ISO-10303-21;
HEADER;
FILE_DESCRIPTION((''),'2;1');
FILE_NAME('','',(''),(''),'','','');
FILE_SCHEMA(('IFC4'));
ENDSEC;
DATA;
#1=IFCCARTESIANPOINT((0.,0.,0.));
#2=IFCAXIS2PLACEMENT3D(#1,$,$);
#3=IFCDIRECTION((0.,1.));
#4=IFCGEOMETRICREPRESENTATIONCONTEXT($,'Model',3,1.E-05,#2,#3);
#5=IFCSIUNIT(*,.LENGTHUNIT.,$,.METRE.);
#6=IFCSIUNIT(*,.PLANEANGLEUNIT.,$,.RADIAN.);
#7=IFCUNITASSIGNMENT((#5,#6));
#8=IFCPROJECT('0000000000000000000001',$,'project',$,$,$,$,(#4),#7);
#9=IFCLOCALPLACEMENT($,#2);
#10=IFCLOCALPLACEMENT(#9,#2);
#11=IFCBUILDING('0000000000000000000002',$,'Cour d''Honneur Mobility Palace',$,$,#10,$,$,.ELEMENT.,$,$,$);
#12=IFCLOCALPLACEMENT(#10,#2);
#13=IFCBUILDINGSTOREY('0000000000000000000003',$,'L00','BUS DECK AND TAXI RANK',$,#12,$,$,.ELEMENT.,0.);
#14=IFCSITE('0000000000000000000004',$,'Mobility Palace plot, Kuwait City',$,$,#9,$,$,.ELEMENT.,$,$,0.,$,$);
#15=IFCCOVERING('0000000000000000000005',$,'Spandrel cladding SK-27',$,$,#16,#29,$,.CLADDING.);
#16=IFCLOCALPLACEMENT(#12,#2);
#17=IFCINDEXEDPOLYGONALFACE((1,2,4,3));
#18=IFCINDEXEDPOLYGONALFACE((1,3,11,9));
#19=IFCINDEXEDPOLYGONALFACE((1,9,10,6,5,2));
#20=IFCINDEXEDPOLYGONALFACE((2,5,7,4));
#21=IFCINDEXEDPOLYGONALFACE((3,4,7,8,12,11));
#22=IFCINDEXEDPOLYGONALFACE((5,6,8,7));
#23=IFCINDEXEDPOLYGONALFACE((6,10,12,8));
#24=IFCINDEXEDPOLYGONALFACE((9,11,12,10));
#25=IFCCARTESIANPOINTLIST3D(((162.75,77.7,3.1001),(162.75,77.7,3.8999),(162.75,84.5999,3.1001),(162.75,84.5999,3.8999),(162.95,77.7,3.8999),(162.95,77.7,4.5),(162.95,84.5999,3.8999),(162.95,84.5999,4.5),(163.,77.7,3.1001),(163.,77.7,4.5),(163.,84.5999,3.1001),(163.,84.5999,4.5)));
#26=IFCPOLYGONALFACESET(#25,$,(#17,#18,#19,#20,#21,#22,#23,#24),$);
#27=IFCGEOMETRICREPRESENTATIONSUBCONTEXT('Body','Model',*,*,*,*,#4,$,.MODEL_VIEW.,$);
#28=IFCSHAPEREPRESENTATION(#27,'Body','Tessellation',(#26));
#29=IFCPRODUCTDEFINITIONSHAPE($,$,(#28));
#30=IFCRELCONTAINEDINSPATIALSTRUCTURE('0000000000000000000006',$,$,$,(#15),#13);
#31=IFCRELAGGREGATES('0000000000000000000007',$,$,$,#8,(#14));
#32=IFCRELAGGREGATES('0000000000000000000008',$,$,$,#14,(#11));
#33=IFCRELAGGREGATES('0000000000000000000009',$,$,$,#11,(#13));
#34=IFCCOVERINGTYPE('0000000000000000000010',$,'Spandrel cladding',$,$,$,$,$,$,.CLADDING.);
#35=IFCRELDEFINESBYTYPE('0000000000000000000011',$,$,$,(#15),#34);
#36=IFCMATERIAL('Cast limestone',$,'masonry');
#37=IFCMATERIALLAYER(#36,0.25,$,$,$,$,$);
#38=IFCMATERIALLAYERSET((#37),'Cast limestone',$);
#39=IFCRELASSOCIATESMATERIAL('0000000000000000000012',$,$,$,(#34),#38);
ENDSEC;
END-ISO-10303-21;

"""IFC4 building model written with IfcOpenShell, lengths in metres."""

from ifc_helpers import new_model, si_unit, direction, frame, origin, place, context, subcontext, project, spatial, polyline, outline, extrude, material, layer, layer_set, type_object, element, save


model = new_model("IFC4")

# Units and contexts
model_context = context("Model", 3, precision=1e-05, world=origin(), true_north=direction((0.0, 1.0)))
body_context = subcontext(model_context, "Body", "Model", "MODEL_VIEW")
ifc_project = project(units=[si_unit("LENGTHUNIT", "METRE"), si_unit("PLANEANGLEUNIT", "RADIAN")], contexts=[model_context])

# Site, building, storey
site_placement = place(None, origin())
site = spatial("IfcSite", under=ifc_project, at=site_placement, Name="Mobility Palace plot, Kuwait City", CompositionType="ELEMENT", RefElevation=0.0)
building_placement = place(site_placement, origin())
building = spatial("IfcBuilding", under=site, at=building_placement, Name="Cour d'Honneur Mobility Palace", CompositionType="ELEMENT")
storey_placement = place(building_placement, origin())
storey = spatial("IfcBuildingStorey", under=building, at=storey_placement, Name="L00", Description="BUS DECK AND TAXI RANK", CompositionType="ELEMENT", Elevation=0.0)

# Covering
ifc_material_1 = material(Name="Cast limestone", Category="masonry")
ifc_layer_1 = layer(ifc_material_1, 0.25)
ifc_layer_set_1 = layer_set([ifc_layer_1], Name="Cast limestone")
covering_type_1 = type_object("IfcCoveringType", Name="Spandrel cladding", PredefinedType="CLADDING", material=ifc_layer_set_1)
for number, where, z_axis, x_axis, name in (
    (1, (162.75, 77.7, 3.1001), (0.0, -1.0, 0.0), (1.0, 0.0, 0.0), "Spandrel cladding SK-27"),
):
    element("IfcCovering", number, at=place(storey_placement, frame(where, z_axis=z_axis, x_axis=x_axis)), inside=storey, type_object=covering_type_1, Name=name, PredefinedType="CLADDING", context=body_context, shape_type="SweptSolid", body=[
        extrude(outline(polyline([(0.0, 0.0), (0.25, 0.0), (0.25, 1.3999), (0.2, 1.3999), (0.2, 0.7998), (0.0, 0.7998), (0.0, 0.0)])), origin(), (0.0, 0.0, -1.0), 6.8999),
    ])

save(model, "model.ifc")
